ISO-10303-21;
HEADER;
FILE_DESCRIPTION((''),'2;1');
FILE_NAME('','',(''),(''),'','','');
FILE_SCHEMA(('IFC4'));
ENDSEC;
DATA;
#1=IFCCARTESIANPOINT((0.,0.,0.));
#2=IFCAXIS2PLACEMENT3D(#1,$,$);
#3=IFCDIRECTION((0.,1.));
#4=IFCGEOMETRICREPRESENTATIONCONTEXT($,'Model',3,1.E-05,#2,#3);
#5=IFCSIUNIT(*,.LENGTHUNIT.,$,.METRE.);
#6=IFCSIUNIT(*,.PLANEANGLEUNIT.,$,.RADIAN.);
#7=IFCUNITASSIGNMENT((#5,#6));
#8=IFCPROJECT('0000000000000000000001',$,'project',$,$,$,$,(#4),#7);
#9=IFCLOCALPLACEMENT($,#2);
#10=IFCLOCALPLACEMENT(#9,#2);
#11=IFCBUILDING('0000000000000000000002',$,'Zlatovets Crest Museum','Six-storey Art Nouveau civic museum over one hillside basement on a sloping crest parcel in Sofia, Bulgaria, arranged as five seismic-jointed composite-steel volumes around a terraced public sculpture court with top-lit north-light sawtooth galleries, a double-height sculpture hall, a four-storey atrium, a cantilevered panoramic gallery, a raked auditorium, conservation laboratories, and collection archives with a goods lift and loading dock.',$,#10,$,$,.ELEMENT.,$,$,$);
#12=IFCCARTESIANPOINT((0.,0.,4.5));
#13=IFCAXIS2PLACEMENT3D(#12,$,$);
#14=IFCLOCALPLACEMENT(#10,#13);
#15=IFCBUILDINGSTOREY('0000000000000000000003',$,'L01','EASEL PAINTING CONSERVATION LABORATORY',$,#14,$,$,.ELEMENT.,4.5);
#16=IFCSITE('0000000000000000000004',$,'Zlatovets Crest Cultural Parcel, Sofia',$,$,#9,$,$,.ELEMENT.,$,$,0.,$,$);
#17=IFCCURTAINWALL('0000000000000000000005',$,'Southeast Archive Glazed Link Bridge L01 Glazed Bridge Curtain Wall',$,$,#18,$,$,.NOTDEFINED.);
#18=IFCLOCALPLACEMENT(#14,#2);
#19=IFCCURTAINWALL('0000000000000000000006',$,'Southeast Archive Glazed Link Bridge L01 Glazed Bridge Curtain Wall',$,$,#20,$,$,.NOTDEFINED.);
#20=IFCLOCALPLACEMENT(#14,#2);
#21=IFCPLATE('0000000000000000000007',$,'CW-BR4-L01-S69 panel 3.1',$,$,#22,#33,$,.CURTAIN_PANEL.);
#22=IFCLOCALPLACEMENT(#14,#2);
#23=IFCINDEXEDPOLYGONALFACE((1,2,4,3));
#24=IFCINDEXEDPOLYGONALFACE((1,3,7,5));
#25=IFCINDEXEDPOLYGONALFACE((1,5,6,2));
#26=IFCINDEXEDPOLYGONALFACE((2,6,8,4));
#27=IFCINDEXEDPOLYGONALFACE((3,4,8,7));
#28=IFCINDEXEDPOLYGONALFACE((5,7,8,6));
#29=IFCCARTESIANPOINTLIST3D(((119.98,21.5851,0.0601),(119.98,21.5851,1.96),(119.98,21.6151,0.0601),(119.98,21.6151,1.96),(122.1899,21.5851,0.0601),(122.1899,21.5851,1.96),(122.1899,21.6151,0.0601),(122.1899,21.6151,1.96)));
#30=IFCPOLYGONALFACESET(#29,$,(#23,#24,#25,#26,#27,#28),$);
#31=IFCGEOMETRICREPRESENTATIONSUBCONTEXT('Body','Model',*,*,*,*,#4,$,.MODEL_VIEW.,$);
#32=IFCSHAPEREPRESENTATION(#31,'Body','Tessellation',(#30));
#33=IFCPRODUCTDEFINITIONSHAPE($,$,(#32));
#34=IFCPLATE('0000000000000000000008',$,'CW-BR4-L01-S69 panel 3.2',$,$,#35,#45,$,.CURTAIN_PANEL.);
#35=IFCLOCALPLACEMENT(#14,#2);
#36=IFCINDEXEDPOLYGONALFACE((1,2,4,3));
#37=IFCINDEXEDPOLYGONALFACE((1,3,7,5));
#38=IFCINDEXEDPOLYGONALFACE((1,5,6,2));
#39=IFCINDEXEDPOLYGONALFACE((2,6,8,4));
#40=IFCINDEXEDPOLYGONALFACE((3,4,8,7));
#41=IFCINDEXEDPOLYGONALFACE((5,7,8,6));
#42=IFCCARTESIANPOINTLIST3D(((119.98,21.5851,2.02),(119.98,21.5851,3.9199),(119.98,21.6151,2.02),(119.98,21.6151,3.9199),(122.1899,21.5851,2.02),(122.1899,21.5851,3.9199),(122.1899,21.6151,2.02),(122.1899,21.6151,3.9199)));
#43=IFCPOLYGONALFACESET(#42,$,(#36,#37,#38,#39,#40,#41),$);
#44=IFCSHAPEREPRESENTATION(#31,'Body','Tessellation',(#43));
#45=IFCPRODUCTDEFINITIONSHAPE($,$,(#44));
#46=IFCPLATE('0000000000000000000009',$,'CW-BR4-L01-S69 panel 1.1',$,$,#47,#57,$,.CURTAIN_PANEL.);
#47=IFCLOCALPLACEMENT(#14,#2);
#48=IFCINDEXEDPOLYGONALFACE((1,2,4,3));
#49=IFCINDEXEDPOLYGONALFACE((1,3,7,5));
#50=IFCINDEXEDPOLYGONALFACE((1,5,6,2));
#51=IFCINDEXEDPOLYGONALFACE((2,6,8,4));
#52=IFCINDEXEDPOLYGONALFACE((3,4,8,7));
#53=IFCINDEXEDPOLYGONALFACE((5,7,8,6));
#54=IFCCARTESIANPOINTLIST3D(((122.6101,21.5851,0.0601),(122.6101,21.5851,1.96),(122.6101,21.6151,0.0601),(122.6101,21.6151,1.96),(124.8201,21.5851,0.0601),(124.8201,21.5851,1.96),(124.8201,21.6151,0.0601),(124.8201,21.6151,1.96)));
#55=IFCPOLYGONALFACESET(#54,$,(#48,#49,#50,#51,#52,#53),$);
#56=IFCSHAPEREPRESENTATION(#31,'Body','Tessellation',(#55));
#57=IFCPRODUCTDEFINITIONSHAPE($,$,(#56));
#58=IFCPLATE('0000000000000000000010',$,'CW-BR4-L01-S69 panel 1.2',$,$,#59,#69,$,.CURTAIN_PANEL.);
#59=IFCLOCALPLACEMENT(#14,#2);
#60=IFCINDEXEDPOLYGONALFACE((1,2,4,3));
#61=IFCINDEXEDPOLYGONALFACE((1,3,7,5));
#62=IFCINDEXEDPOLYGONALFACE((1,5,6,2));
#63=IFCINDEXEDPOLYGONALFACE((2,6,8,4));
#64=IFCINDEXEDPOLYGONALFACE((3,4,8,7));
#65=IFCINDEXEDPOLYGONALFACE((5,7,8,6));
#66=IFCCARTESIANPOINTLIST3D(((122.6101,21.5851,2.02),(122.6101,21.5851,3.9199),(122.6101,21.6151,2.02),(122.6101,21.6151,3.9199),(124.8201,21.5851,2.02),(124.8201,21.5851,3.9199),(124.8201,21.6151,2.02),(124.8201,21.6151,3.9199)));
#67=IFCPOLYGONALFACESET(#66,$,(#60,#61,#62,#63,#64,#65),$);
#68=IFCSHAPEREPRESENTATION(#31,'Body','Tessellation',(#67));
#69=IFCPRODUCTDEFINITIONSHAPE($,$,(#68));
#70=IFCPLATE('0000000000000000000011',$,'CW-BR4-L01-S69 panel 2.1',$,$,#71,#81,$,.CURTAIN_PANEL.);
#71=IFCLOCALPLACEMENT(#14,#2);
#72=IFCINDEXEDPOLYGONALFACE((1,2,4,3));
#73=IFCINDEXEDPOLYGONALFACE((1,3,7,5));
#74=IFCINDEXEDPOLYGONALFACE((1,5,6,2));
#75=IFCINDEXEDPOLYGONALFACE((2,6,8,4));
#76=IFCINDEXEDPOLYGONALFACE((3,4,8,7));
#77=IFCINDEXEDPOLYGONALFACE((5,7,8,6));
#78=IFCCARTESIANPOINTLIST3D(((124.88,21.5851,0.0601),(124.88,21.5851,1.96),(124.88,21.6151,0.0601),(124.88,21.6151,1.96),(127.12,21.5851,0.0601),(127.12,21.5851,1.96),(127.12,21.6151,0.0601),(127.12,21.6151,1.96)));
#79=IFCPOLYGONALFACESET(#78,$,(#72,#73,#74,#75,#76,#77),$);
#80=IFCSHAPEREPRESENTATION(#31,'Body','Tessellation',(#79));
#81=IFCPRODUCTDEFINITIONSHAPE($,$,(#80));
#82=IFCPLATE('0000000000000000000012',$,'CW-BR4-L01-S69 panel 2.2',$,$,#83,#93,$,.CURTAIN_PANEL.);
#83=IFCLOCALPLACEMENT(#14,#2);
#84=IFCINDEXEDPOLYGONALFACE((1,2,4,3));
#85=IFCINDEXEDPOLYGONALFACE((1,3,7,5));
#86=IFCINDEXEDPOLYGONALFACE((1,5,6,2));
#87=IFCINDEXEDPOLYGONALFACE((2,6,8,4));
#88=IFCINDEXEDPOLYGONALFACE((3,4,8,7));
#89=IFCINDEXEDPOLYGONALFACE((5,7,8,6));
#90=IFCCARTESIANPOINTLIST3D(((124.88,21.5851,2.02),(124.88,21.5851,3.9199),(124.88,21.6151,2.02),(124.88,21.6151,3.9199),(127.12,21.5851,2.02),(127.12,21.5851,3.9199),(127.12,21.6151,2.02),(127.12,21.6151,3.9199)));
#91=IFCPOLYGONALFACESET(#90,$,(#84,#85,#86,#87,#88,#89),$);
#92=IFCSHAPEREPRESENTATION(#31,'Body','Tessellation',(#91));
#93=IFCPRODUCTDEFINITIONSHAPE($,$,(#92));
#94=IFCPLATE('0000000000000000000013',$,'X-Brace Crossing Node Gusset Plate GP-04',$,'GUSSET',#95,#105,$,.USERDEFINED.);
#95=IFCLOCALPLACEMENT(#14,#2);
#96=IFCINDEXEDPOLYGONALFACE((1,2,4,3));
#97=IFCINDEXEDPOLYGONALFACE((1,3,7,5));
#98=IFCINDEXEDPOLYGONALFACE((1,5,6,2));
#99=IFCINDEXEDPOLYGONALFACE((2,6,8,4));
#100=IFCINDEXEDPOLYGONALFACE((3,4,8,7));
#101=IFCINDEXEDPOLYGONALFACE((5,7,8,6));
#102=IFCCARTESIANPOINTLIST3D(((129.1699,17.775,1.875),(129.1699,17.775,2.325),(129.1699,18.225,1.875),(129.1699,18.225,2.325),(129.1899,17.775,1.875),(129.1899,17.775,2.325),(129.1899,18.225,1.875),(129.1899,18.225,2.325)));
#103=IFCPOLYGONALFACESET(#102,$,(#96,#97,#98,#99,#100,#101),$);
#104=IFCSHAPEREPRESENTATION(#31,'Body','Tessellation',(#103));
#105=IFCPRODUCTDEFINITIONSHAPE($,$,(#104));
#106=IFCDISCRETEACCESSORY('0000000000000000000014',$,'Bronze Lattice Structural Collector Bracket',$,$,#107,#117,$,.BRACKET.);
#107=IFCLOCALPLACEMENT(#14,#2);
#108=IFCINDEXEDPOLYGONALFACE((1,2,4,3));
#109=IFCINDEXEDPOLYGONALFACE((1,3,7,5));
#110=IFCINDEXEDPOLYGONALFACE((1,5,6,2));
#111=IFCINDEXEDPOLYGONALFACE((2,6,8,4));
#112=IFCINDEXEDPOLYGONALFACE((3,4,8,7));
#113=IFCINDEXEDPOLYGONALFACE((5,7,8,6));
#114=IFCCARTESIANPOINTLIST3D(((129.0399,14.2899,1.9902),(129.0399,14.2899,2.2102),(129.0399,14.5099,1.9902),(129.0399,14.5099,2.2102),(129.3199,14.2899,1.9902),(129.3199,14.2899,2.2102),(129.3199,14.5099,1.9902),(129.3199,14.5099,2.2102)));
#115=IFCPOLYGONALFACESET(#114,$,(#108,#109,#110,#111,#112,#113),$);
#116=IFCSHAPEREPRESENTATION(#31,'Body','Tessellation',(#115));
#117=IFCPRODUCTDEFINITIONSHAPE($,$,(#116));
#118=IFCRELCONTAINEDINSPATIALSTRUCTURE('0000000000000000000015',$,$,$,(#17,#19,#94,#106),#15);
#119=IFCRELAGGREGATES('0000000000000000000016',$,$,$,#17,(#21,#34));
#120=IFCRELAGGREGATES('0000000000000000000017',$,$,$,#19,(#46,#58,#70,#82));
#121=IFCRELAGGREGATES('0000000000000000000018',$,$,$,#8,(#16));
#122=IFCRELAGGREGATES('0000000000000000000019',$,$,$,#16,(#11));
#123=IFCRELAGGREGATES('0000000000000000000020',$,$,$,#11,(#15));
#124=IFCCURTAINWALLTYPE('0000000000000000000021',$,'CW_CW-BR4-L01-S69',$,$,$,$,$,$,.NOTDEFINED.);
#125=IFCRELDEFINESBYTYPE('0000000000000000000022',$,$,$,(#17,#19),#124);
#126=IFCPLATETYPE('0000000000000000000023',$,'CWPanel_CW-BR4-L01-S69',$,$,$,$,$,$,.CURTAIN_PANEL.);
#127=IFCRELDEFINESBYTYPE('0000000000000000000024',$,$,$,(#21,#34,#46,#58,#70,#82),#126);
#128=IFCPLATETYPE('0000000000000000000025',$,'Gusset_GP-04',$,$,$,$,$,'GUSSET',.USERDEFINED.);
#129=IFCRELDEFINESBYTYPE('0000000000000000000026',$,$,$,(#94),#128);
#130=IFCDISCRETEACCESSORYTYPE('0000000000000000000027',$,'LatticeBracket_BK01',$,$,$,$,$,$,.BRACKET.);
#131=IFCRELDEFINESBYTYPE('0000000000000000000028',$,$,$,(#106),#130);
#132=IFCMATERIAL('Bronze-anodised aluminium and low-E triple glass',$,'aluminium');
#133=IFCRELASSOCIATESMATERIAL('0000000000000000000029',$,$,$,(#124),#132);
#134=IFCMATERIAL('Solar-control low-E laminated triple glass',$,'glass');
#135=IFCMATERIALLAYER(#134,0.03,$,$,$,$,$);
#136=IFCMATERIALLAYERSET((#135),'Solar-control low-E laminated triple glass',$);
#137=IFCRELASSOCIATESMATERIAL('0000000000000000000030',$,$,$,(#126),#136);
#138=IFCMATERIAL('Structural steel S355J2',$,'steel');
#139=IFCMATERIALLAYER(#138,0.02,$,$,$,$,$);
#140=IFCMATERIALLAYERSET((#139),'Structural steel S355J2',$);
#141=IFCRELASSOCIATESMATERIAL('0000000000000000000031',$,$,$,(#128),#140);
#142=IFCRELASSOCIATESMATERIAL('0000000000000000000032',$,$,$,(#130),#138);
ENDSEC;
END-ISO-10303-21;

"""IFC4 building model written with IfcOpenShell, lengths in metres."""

from ifc_helpers import new_model, si_unit, direction, frame, origin, origin_2d, place, context, subcontext, project, spatial, rectangle, extrude, material, layer, layer_set, type_object, element, aggregate, save


model = new_model("IFC4")

# Units and contexts
model_context = context("Model", 3, precision=1e-05, world=origin(), true_north=direction((0.0, 1.0)))
body_context = subcontext(model_context, "Body", "Model", "MODEL_VIEW")
ifc_project = project(units=[si_unit("LENGTHUNIT", "METRE"), si_unit("PLANEANGLEUNIT", "RADIAN")], contexts=[model_context])

# Site, building, storey
site_placement = place(None, origin())
site = spatial("IfcSite", under=ifc_project, at=site_placement, Name="Zlatovets Crest Cultural Parcel, Sofia", CompositionType="ELEMENT", RefElevation=0.0)
building_placement = place(site_placement, origin())
building = spatial("IfcBuilding", under=site, at=building_placement, Name="Zlatovets Crest Museum", Description="Six-storey Art Nouveau civic museum over one hillside basement on a sloping crest parcel in Sofia, Bulgaria, arranged as five seismic-jointed composite-steel volumes around a terraced public sculpture court with top-lit north-light sawtooth galleries, a double-height sculpture hall, a four-storey atrium, a cantilevered panoramic gallery, a raked auditorium, conservation laboratories, and collection archives with a goods lift and loading dock.", CompositionType="ELEMENT")
storey_placement = place(building_placement, frame((0.0, 0.0, 4.5)))
storey = spatial("IfcBuildingStorey", under=building, at=storey_placement, Name="L01", Description="EASEL PAINTING CONSERVATION LABORATORY", CompositionType="ELEMENT", Elevation=4.5)

# Shared definitions
ifc_material_1 = material(Name="Structural steel S355J2", Category="steel")

# Curtain walls
ifc_material_2 = material(Name="Bronze-anodised aluminium and low-E triple glass", Category="aluminium")
curtain_wall_type = type_object("IfcCurtainWallType", Name="CW_CW-BR4-L01-S69", PredefinedType="NOTDEFINED", material=ifc_material_2)
curtain_wall_1_placement = place(storey_placement, origin())
curtain_wall_1 = element("IfcCurtainWall", 1, at=curtain_wall_1_placement, inside=storey, type_object=curtain_wall_type, Name="Southeast Archive Glazed Link Bridge L01 Glazed Bridge Curtain Wall", PredefinedType="NOTDEFINED")
curtain_wall_2_placement = place(storey_placement, origin())
curtain_wall_2 = element("IfcCurtainWall", 2, at=curtain_wall_2_placement, inside=storey, type_object=curtain_wall_type, Name="Southeast Archive Glazed Link Bridge L01 Glazed Bridge Curtain Wall", PredefinedType="NOTDEFINED")

# Plates
ifc_material_3 = material(Name="Solar-control low-E laminated triple glass", Category="glass")
ifc_layer_1 = layer(ifc_material_3, 0.03)
ifc_layer_set_1 = layer_set([ifc_layer_1], Name="Solar-control low-E laminated triple glass")
plate_type_1 = type_object("IfcPlateType", Name="CWPanel_CW-BR4-L01-S69", PredefinedType="CURTAIN_PANEL", material=ifc_layer_set_1)
plate_1_placement = place(storey_placement, frame((121.085, 21.6001, 0.0601), z_axis=(0.0, 0.0, 1.0), x_axis=(1.0, 0.0, 0.0)))
plate_1 = element("IfcPlate", 3, at=plate_1_placement, type_object=plate_type_1, Name="CW-BR4-L01-S69 panel 3.1", PredefinedType="CURTAIN_PANEL", context=body_context, shape_type="SweptSolid", body=[
    extrude(rectangle(XDim=2.21, YDim=0.03, at=origin_2d()), origin(), (0.0, 0.0, 1.0), 1.8999),
])
plate_2_placement = place(storey_placement, frame((121.085, 21.6001, 2.02), z_axis=(0.0, 0.0, 1.0), x_axis=(1.0, 0.0, 0.0)))
plate_2 = element("IfcPlate", 4, at=plate_2_placement, type_object=plate_type_1, Name="CW-BR4-L01-S69 panel 3.2", PredefinedType="CURTAIN_PANEL", context=body_context, shape_type="SweptSolid", body=[
    extrude(rectangle(XDim=2.21, YDim=0.03, at=origin_2d()), origin(), (0.0, 0.0, 1.0), 1.8999),
])
aggregate(curtain_wall_1, [plate_1, plate_2])
plate_3_placement = place(storey_placement, frame((123.7151, 21.6001, 0.0601), z_axis=(0.0, 0.0, 1.0), x_axis=(1.0, 0.0, 0.0)))
plate_3 = element("IfcPlate", 5, at=plate_3_placement, type_object=plate_type_1, Name="CW-BR4-L01-S69 panel 1.1", PredefinedType="CURTAIN_PANEL", context=body_context, shape_type="SweptSolid", body=[
    extrude(rectangle(XDim=2.21, YDim=0.03, at=origin_2d()), origin(), (0.0, 0.0, 1.0), 1.8999),
])
plate_4_placement = place(storey_placement, frame((123.7151, 21.6001, 2.02), z_axis=(0.0, 0.0, 1.0), x_axis=(1.0, 0.0, 0.0)))
plate_4 = element("IfcPlate", 6, at=plate_4_placement, type_object=plate_type_1, Name="CW-BR4-L01-S69 panel 1.2", PredefinedType="CURTAIN_PANEL", context=body_context, shape_type="SweptSolid", body=[
    extrude(rectangle(XDim=2.21, YDim=0.03, at=origin_2d()), origin(), (0.0, 0.0, 1.0), 1.8999),
])
plate_5_placement = place(storey_placement, frame((126.0, 21.6001, 0.0601), z_axis=(0.0, 0.0, 1.0), x_axis=(1.0, 0.0, 0.0)))
plate_5 = element("IfcPlate", 7, at=plate_5_placement, type_object=plate_type_1, Name="CW-BR4-L01-S69 panel 2.1", PredefinedType="CURTAIN_PANEL", context=body_context, shape_type="SweptSolid", body=[
    extrude(rectangle(XDim=2.24, YDim=0.03, at=origin_2d()), origin(), (0.0, 0.0, 1.0), 1.8999),
])
plate_6_placement = place(storey_placement, frame((126.0, 21.6001, 2.02), z_axis=(0.0, 0.0, 1.0), x_axis=(1.0, 0.0, 0.0)))
plate_6 = element("IfcPlate", 8, at=plate_6_placement, type_object=plate_type_1, Name="CW-BR4-L01-S69 panel 2.2", PredefinedType="CURTAIN_PANEL", context=body_context, shape_type="SweptSolid", body=[
    extrude(rectangle(XDim=2.24, YDim=0.03, at=origin_2d()), origin(), (0.0, 0.0, 1.0), 1.8999),
])
aggregate(curtain_wall_2, [plate_3, plate_4, plate_5, plate_6])
ifc_layer_2 = layer(ifc_material_1, 0.02)
ifc_layer_set_2 = layer_set([ifc_layer_2], Name="Structural steel S355J2")
plate_type_2 = type_object("IfcPlateType", Name="Gusset_GP-04", ElementType="GUSSET", PredefinedType="USERDEFINED", material=ifc_layer_set_2)
plate_7_placement = place(storey_placement, frame((129.1799, 18.0, 1.875), z_axis=(0.0, 0.0, 1.0), x_axis=(1.0, 0.0, 0.0)))
element("IfcPlate", 9, at=plate_7_placement, inside=storey, type_object=plate_type_2, Name="X-Brace Crossing Node Gusset Plate GP-04", ObjectType="GUSSET", PredefinedType="USERDEFINED", context=body_context, shape_type="SweptSolid", body=[
    extrude(rectangle(XDim=0.02, YDim=0.45, at=origin_2d()), origin(), (0.0, 0.0, 1.0), 0.45),
])

# Discrete accessory
discrete_accessory_type = type_object("IfcDiscreteAccessoryType", Name="LatticeBracket_BK01", PredefinedType="BRACKET", material=ifc_material_1)
discrete_accessory_placement = place(storey_placement, frame((129.1799, 14.3999, 1.9902), z_axis=(0.0, 0.0, 1.0), x_axis=(1.0, 0.0, 0.0)))
element("IfcDiscreteAccessory", 10, at=discrete_accessory_placement, inside=storey, type_object=discrete_accessory_type, Name="Bronze Lattice Structural Collector Bracket", PredefinedType="BRACKET", context=body_context, shape_type="SweptSolid", body=[
    extrude(rectangle(XDim=0.28, YDim=0.22, at=origin_2d()), origin(), (0.0, 0.0, 1.0), 0.22),
])

save(model, "model.ifc")
